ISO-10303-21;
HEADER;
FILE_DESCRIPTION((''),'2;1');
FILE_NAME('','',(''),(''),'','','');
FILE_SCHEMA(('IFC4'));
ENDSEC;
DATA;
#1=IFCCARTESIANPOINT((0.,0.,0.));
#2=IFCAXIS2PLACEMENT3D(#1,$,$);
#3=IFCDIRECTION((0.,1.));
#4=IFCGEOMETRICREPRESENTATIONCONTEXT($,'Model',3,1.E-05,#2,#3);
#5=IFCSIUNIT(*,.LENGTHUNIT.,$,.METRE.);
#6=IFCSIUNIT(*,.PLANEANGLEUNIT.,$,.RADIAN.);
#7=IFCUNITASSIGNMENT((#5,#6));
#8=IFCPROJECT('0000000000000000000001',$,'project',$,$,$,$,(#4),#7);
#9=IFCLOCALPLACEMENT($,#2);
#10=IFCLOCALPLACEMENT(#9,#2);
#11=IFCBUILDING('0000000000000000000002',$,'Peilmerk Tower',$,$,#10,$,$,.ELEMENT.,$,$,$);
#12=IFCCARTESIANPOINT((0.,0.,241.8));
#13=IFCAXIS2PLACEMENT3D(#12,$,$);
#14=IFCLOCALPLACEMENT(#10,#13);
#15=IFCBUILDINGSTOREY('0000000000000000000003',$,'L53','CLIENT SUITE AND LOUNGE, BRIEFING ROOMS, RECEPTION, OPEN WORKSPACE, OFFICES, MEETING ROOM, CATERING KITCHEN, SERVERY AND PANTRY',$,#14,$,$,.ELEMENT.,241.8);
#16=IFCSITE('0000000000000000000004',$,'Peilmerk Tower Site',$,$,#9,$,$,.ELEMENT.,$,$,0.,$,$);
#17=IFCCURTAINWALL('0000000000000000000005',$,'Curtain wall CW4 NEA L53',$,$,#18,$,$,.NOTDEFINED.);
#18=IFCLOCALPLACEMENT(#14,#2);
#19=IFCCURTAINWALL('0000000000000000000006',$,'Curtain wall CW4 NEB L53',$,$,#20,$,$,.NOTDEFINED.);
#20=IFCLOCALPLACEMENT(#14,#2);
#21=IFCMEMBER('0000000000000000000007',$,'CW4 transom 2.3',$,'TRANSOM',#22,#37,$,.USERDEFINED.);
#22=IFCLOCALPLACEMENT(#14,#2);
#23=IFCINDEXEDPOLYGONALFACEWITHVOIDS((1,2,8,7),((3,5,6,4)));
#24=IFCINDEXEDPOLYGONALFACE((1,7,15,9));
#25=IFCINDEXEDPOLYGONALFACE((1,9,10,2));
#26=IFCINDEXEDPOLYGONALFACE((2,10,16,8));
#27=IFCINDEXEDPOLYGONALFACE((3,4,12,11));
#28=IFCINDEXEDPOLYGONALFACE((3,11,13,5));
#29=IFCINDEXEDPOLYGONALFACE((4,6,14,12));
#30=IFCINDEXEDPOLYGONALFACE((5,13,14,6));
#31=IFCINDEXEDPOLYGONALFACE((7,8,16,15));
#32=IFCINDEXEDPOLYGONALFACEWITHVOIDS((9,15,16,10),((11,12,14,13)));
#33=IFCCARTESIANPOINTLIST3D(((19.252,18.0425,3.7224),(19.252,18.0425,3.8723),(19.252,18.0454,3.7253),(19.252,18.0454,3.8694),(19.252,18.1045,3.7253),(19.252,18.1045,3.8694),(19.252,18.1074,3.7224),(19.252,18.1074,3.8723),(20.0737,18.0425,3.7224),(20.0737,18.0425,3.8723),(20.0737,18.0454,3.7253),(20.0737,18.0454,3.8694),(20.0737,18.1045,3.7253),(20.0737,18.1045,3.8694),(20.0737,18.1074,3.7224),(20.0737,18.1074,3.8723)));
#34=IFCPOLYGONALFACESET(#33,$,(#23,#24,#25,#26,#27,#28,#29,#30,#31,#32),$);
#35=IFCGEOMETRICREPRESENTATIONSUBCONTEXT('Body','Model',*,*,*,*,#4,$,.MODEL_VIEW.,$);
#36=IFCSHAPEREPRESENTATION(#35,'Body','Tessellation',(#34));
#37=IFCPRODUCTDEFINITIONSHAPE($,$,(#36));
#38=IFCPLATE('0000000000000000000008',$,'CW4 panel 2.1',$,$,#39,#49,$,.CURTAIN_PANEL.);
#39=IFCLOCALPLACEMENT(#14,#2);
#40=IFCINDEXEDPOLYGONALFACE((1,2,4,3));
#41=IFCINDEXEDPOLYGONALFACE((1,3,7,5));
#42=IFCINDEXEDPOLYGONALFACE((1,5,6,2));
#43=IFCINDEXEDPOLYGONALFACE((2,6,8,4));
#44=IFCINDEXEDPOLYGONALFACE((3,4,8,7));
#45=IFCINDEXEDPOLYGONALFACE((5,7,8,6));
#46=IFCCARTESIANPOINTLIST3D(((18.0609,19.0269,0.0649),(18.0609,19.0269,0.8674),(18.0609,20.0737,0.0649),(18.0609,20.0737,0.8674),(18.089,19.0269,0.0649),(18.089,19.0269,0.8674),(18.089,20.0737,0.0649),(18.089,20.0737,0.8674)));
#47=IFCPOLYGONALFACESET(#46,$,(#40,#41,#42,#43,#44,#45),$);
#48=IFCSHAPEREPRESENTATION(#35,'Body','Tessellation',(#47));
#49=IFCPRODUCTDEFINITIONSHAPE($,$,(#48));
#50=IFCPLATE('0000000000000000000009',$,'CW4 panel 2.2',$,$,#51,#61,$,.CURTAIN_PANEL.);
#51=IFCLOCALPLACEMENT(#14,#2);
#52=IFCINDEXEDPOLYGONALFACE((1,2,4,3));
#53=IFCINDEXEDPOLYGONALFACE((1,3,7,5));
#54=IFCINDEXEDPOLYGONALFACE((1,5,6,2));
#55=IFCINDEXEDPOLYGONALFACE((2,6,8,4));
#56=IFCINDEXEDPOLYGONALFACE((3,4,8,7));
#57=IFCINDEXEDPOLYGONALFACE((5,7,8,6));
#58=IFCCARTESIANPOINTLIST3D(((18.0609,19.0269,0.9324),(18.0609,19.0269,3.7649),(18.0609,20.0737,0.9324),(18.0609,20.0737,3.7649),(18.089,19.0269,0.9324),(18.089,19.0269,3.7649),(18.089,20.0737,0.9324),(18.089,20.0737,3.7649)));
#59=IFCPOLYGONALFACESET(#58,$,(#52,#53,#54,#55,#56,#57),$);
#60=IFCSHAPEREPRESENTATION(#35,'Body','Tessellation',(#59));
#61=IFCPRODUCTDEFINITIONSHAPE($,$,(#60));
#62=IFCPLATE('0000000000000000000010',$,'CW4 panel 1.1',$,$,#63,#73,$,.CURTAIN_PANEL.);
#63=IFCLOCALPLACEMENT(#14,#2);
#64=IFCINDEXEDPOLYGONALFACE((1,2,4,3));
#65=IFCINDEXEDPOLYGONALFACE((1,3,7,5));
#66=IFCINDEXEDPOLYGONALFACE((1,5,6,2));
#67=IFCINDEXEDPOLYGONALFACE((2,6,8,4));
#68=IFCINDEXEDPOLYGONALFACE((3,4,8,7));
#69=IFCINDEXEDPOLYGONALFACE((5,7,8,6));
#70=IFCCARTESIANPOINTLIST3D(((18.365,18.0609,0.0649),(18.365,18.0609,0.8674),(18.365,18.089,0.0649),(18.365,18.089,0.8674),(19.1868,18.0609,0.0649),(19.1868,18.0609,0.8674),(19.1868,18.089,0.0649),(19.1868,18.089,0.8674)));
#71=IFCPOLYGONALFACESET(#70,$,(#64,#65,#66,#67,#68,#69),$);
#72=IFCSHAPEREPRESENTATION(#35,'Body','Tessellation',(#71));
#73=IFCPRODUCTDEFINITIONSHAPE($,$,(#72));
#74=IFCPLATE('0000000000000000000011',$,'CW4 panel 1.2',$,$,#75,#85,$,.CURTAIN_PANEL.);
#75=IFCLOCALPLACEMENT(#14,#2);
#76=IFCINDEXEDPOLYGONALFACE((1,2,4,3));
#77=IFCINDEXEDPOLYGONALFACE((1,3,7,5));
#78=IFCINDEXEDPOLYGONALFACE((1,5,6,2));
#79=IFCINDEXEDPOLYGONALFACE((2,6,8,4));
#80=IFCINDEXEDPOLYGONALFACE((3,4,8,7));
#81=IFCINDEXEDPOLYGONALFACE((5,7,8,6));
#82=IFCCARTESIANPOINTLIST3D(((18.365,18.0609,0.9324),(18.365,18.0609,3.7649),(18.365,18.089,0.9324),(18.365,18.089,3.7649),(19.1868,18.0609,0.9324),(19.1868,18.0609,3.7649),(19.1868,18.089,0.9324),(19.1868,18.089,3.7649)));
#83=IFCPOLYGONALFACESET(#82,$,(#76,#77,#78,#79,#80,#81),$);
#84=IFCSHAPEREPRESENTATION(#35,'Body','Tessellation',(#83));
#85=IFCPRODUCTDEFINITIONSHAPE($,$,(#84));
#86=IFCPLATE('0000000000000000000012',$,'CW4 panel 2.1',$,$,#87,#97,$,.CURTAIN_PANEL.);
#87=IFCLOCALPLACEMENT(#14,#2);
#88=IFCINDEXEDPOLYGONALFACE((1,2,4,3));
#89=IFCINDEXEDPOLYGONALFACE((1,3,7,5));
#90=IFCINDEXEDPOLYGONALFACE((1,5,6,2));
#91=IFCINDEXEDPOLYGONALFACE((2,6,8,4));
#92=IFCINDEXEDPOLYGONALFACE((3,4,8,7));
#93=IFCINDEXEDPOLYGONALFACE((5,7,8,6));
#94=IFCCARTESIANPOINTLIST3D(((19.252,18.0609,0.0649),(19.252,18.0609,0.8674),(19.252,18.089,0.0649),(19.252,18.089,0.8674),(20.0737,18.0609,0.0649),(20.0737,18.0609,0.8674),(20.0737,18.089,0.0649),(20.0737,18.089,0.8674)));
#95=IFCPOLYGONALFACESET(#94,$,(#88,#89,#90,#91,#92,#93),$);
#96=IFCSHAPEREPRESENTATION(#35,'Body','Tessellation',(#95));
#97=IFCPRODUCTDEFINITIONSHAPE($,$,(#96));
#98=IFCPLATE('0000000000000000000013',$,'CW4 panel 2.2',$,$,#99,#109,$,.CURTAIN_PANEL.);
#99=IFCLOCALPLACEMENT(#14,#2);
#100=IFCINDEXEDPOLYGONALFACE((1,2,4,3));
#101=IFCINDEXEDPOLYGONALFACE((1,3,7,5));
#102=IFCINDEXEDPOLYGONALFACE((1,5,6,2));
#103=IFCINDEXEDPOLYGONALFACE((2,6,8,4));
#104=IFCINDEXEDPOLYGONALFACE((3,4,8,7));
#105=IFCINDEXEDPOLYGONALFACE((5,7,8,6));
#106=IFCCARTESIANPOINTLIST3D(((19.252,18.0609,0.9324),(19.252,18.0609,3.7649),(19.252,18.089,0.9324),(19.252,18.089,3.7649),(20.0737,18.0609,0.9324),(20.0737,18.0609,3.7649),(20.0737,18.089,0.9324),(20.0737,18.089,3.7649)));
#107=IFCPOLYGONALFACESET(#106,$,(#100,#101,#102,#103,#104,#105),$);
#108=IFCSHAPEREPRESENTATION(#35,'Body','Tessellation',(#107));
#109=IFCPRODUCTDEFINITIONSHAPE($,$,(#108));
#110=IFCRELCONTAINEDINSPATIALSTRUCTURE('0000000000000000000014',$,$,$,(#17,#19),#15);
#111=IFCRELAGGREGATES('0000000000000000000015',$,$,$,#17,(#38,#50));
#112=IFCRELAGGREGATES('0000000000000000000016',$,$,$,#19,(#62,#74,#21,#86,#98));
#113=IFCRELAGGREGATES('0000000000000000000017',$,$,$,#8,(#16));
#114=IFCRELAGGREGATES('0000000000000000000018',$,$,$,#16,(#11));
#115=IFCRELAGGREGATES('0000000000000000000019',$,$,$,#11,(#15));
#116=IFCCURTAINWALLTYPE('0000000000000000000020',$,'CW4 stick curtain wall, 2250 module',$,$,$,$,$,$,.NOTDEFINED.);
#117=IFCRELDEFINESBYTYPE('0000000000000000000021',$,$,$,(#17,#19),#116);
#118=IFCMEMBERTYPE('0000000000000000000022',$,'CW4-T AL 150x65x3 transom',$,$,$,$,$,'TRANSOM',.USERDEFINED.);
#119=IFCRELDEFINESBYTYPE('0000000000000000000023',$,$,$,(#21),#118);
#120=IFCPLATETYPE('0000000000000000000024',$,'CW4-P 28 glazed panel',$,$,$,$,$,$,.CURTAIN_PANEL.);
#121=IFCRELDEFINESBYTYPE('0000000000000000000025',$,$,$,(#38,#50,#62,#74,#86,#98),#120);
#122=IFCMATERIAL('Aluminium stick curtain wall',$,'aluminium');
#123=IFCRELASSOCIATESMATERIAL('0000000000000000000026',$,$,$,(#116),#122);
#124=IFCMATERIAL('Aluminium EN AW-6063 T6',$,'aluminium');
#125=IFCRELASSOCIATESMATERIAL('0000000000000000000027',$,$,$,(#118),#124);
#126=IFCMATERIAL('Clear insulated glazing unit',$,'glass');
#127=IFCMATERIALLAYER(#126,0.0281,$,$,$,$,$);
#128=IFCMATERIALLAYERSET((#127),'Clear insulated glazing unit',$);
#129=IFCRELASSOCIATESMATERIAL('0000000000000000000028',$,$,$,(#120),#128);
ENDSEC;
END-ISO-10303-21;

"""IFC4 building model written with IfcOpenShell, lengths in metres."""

from ifc_helpers import new_model, si_unit, direction, frame, origin, origin_2d, place, context, subcontext, project, spatial, rectangle, hollow_rectangle, extrude, material, layer, layer_set, material_profile, profile_set, type_object, element, aggregate, save


model = new_model("IFC4")

# Units and contexts
model_context = context("Model", 3, precision=1e-05, world=origin(), true_north=direction((0.0, 1.0)))
body_context = subcontext(model_context, "Body", "Model", "MODEL_VIEW")
ifc_project = project(units=[si_unit("LENGTHUNIT", "METRE"), si_unit("PLANEANGLEUNIT", "RADIAN")], contexts=[model_context])

# Site, building, storey
site_placement = place(None, origin())
site = spatial("IfcSite", under=ifc_project, at=site_placement, Name="Peilmerk Tower Site", CompositionType="ELEMENT", RefElevation=0.0)
building_placement = place(site_placement, origin())
building = spatial("IfcBuilding", under=site, at=building_placement, Name="Peilmerk Tower", CompositionType="ELEMENT")
storey_placement = place(building_placement, frame((0.0, 0.0, 241.8)))
storey = spatial("IfcBuildingStorey", under=building, at=storey_placement, Name="L53", Description="CLIENT SUITE AND LOUNGE, BRIEFING ROOMS, RECEPTION, OPEN WORKSPACE, OFFICES, MEETING ROOM, CATERING KITCHEN, SERVERY AND PANTRY", CompositionType="ELEMENT", Elevation=241.8)

# Curtain wall
ifc_material_1 = material(Name="Aluminium stick curtain wall", Category="aluminium")
curtain_wall_type = type_object("IfcCurtainWallType", Name="CW4 stick curtain wall, 2250 module", PredefinedType="NOTDEFINED", material=ifc_material_1)
curtain_wall_1_placement = place(storey_placement, origin())
curtain_wall_1 = element("IfcCurtainWall", 1, at=curtain_wall_1_placement, inside=storey, type_object=curtain_wall_type, Name="Curtain wall CW4 NEA L53", PredefinedType="NOTDEFINED")
ifc_material_2 = material(Name="Aluminium EN AW-6063 T6", Category="aluminium")

# Curtain wall
curtain_wall_2_placement = place(storey_placement, origin())
curtain_wall_2 = element("IfcCurtainWall", 2, at=curtain_wall_2_placement, inside=storey, type_object=curtain_wall_type, Name="Curtain wall CW4 NEB L53", PredefinedType="NOTDEFINED")

# Member
ifc_material_profile_1 = material_profile(ifc_material_2, hollow_rectangle(XDim=0.0649, YDim=0.1499, WallThickness=0.0029, at=origin_2d()), Name="AL 150x65x3")
ifc_profile_set_1 = profile_set([ifc_material_profile_1], Name="Aluminium EN AW-6063 T6")
member_type_1 = type_object("IfcMemberType", Name="CW4-T AL 150x65x3 transom", ElementType="TRANSOM", PredefinedType="USERDEFINED", material=ifc_profile_set_1)
member_1_placement = place(storey_placement, frame((19.252, 18.075, 3.7974), z_axis=(1.0, 0.0, 0.0), x_axis=(0.0, 1.0, 0.0)))
member_1 = element("IfcMember", 3, at=member_1_placement, type_object=member_type_1, Name="CW4 transom 2.3", ObjectType="TRANSOM", PredefinedType="USERDEFINED", context=body_context, shape_type="SweptSolid", body=[
    extrude(hollow_rectangle(XDim=0.0649, YDim=0.1499, WallThickness=0.0029, at=origin_2d()), origin(), (0.0, 0.0, 1.0), 0.8218),
])

# Plates
ifc_material_3 = material(Name="Clear insulated glazing unit", Category="glass")
ifc_layer_1 = layer(ifc_material_3, 0.0281)
ifc_layer_set_1 = layer_set([ifc_layer_1], Name="Clear insulated glazing unit")
plate_type = type_object("IfcPlateType", Name="CW4-P 28 glazed panel", PredefinedType="CURTAIN_PANEL", material=ifc_layer_set_1)
plate_1_placement = place(storey_placement, frame((18.075, 19.5503, 0.0649), z_axis=(0.0, 0.0, 1.0), x_axis=(0.0, 1.0, 0.0)))
plate_1 = element("IfcPlate", 4, at=plate_1_placement, type_object=plate_type, Name="CW4 panel 2.1", PredefinedType="CURTAIN_PANEL", context=body_context, shape_type="SweptSolid", body=[
    extrude(rectangle(XDim=1.0469, YDim=0.0281, at=origin_2d()), origin(), (0.0, 0.0, 1.0), 0.8025),
])
plate_2_placement = place(storey_placement, frame((18.075, 19.5503, 0.9324), z_axis=(0.0, 0.0, 1.0), x_axis=(0.0, 1.0, 0.0)))
plate_2 = element("IfcPlate", 5, at=plate_2_placement, type_object=plate_type, Name="CW4 panel 2.2", PredefinedType="CURTAIN_PANEL", context=body_context, shape_type="SweptSolid", body=[
    extrude(rectangle(XDim=1.0469, YDim=0.0281, at=origin_2d()), origin(), (0.0, 0.0, 1.0), 2.8325),
])
aggregate(curtain_wall_1, [plate_1, plate_2])
plate_3_placement = place(storey_placement, frame((18.7759, 18.075, 0.0649), z_axis=(0.0, 0.0, 1.0), x_axis=(1.0, 0.0, 0.0)))
plate_3 = element("IfcPlate", 6, at=plate_3_placement, type_object=plate_type, Name="CW4 panel 1.1", PredefinedType="CURTAIN_PANEL", context=body_context, shape_type="SweptSolid", body=[
    extrude(rectangle(XDim=0.8218, YDim=0.0281, at=origin_2d()), origin(), (0.0, 0.0, 1.0), 0.8025),
])
plate_4_placement = place(storey_placement, frame((18.7759, 18.075, 0.9324), z_axis=(0.0, 0.0, 1.0), x_axis=(1.0, 0.0, 0.0)))
plate_4 = element("IfcPlate", 7, at=plate_4_placement, type_object=plate_type, Name="CW4 panel 1.2", PredefinedType="CURTAIN_PANEL", context=body_context, shape_type="SweptSolid", body=[
    extrude(rectangle(XDim=0.8218, YDim=0.0281, at=origin_2d()), origin(), (0.0, 0.0, 1.0), 2.8325),
])
plate_5_placement = place(storey_placement, frame((19.6628, 18.075, 0.0649), z_axis=(0.0, 0.0, 1.0), x_axis=(1.0, 0.0, 0.0)))
plate_5 = element("IfcPlate", 8, at=plate_5_placement, type_object=plate_type, Name="CW4 panel 2.1", PredefinedType="CURTAIN_PANEL", context=body_context, shape_type="SweptSolid", body=[
    extrude(rectangle(XDim=0.8218, YDim=0.0281, at=origin_2d()), origin(), (0.0, 0.0, 1.0), 0.8025),
])
plate_6_placement = place(storey_placement, frame((19.6628, 18.075, 0.9324), z_axis=(0.0, 0.0, 1.0), x_axis=(1.0, 0.0, 0.0)))
plate_6 = element("IfcPlate", 9, at=plate_6_placement, type_object=plate_type, Name="CW4 panel 2.2", PredefinedType="CURTAIN_PANEL", context=body_context, shape_type="SweptSolid", body=[
    extrude(rectangle(XDim=0.8218, YDim=0.0281, at=origin_2d()), origin(), (0.0, 0.0, 1.0), 2.8325),
])
aggregate(curtain_wall_2, [plate_3, plate_4, member_1, plate_5, plate_6])

save(model, "model.ifc")
